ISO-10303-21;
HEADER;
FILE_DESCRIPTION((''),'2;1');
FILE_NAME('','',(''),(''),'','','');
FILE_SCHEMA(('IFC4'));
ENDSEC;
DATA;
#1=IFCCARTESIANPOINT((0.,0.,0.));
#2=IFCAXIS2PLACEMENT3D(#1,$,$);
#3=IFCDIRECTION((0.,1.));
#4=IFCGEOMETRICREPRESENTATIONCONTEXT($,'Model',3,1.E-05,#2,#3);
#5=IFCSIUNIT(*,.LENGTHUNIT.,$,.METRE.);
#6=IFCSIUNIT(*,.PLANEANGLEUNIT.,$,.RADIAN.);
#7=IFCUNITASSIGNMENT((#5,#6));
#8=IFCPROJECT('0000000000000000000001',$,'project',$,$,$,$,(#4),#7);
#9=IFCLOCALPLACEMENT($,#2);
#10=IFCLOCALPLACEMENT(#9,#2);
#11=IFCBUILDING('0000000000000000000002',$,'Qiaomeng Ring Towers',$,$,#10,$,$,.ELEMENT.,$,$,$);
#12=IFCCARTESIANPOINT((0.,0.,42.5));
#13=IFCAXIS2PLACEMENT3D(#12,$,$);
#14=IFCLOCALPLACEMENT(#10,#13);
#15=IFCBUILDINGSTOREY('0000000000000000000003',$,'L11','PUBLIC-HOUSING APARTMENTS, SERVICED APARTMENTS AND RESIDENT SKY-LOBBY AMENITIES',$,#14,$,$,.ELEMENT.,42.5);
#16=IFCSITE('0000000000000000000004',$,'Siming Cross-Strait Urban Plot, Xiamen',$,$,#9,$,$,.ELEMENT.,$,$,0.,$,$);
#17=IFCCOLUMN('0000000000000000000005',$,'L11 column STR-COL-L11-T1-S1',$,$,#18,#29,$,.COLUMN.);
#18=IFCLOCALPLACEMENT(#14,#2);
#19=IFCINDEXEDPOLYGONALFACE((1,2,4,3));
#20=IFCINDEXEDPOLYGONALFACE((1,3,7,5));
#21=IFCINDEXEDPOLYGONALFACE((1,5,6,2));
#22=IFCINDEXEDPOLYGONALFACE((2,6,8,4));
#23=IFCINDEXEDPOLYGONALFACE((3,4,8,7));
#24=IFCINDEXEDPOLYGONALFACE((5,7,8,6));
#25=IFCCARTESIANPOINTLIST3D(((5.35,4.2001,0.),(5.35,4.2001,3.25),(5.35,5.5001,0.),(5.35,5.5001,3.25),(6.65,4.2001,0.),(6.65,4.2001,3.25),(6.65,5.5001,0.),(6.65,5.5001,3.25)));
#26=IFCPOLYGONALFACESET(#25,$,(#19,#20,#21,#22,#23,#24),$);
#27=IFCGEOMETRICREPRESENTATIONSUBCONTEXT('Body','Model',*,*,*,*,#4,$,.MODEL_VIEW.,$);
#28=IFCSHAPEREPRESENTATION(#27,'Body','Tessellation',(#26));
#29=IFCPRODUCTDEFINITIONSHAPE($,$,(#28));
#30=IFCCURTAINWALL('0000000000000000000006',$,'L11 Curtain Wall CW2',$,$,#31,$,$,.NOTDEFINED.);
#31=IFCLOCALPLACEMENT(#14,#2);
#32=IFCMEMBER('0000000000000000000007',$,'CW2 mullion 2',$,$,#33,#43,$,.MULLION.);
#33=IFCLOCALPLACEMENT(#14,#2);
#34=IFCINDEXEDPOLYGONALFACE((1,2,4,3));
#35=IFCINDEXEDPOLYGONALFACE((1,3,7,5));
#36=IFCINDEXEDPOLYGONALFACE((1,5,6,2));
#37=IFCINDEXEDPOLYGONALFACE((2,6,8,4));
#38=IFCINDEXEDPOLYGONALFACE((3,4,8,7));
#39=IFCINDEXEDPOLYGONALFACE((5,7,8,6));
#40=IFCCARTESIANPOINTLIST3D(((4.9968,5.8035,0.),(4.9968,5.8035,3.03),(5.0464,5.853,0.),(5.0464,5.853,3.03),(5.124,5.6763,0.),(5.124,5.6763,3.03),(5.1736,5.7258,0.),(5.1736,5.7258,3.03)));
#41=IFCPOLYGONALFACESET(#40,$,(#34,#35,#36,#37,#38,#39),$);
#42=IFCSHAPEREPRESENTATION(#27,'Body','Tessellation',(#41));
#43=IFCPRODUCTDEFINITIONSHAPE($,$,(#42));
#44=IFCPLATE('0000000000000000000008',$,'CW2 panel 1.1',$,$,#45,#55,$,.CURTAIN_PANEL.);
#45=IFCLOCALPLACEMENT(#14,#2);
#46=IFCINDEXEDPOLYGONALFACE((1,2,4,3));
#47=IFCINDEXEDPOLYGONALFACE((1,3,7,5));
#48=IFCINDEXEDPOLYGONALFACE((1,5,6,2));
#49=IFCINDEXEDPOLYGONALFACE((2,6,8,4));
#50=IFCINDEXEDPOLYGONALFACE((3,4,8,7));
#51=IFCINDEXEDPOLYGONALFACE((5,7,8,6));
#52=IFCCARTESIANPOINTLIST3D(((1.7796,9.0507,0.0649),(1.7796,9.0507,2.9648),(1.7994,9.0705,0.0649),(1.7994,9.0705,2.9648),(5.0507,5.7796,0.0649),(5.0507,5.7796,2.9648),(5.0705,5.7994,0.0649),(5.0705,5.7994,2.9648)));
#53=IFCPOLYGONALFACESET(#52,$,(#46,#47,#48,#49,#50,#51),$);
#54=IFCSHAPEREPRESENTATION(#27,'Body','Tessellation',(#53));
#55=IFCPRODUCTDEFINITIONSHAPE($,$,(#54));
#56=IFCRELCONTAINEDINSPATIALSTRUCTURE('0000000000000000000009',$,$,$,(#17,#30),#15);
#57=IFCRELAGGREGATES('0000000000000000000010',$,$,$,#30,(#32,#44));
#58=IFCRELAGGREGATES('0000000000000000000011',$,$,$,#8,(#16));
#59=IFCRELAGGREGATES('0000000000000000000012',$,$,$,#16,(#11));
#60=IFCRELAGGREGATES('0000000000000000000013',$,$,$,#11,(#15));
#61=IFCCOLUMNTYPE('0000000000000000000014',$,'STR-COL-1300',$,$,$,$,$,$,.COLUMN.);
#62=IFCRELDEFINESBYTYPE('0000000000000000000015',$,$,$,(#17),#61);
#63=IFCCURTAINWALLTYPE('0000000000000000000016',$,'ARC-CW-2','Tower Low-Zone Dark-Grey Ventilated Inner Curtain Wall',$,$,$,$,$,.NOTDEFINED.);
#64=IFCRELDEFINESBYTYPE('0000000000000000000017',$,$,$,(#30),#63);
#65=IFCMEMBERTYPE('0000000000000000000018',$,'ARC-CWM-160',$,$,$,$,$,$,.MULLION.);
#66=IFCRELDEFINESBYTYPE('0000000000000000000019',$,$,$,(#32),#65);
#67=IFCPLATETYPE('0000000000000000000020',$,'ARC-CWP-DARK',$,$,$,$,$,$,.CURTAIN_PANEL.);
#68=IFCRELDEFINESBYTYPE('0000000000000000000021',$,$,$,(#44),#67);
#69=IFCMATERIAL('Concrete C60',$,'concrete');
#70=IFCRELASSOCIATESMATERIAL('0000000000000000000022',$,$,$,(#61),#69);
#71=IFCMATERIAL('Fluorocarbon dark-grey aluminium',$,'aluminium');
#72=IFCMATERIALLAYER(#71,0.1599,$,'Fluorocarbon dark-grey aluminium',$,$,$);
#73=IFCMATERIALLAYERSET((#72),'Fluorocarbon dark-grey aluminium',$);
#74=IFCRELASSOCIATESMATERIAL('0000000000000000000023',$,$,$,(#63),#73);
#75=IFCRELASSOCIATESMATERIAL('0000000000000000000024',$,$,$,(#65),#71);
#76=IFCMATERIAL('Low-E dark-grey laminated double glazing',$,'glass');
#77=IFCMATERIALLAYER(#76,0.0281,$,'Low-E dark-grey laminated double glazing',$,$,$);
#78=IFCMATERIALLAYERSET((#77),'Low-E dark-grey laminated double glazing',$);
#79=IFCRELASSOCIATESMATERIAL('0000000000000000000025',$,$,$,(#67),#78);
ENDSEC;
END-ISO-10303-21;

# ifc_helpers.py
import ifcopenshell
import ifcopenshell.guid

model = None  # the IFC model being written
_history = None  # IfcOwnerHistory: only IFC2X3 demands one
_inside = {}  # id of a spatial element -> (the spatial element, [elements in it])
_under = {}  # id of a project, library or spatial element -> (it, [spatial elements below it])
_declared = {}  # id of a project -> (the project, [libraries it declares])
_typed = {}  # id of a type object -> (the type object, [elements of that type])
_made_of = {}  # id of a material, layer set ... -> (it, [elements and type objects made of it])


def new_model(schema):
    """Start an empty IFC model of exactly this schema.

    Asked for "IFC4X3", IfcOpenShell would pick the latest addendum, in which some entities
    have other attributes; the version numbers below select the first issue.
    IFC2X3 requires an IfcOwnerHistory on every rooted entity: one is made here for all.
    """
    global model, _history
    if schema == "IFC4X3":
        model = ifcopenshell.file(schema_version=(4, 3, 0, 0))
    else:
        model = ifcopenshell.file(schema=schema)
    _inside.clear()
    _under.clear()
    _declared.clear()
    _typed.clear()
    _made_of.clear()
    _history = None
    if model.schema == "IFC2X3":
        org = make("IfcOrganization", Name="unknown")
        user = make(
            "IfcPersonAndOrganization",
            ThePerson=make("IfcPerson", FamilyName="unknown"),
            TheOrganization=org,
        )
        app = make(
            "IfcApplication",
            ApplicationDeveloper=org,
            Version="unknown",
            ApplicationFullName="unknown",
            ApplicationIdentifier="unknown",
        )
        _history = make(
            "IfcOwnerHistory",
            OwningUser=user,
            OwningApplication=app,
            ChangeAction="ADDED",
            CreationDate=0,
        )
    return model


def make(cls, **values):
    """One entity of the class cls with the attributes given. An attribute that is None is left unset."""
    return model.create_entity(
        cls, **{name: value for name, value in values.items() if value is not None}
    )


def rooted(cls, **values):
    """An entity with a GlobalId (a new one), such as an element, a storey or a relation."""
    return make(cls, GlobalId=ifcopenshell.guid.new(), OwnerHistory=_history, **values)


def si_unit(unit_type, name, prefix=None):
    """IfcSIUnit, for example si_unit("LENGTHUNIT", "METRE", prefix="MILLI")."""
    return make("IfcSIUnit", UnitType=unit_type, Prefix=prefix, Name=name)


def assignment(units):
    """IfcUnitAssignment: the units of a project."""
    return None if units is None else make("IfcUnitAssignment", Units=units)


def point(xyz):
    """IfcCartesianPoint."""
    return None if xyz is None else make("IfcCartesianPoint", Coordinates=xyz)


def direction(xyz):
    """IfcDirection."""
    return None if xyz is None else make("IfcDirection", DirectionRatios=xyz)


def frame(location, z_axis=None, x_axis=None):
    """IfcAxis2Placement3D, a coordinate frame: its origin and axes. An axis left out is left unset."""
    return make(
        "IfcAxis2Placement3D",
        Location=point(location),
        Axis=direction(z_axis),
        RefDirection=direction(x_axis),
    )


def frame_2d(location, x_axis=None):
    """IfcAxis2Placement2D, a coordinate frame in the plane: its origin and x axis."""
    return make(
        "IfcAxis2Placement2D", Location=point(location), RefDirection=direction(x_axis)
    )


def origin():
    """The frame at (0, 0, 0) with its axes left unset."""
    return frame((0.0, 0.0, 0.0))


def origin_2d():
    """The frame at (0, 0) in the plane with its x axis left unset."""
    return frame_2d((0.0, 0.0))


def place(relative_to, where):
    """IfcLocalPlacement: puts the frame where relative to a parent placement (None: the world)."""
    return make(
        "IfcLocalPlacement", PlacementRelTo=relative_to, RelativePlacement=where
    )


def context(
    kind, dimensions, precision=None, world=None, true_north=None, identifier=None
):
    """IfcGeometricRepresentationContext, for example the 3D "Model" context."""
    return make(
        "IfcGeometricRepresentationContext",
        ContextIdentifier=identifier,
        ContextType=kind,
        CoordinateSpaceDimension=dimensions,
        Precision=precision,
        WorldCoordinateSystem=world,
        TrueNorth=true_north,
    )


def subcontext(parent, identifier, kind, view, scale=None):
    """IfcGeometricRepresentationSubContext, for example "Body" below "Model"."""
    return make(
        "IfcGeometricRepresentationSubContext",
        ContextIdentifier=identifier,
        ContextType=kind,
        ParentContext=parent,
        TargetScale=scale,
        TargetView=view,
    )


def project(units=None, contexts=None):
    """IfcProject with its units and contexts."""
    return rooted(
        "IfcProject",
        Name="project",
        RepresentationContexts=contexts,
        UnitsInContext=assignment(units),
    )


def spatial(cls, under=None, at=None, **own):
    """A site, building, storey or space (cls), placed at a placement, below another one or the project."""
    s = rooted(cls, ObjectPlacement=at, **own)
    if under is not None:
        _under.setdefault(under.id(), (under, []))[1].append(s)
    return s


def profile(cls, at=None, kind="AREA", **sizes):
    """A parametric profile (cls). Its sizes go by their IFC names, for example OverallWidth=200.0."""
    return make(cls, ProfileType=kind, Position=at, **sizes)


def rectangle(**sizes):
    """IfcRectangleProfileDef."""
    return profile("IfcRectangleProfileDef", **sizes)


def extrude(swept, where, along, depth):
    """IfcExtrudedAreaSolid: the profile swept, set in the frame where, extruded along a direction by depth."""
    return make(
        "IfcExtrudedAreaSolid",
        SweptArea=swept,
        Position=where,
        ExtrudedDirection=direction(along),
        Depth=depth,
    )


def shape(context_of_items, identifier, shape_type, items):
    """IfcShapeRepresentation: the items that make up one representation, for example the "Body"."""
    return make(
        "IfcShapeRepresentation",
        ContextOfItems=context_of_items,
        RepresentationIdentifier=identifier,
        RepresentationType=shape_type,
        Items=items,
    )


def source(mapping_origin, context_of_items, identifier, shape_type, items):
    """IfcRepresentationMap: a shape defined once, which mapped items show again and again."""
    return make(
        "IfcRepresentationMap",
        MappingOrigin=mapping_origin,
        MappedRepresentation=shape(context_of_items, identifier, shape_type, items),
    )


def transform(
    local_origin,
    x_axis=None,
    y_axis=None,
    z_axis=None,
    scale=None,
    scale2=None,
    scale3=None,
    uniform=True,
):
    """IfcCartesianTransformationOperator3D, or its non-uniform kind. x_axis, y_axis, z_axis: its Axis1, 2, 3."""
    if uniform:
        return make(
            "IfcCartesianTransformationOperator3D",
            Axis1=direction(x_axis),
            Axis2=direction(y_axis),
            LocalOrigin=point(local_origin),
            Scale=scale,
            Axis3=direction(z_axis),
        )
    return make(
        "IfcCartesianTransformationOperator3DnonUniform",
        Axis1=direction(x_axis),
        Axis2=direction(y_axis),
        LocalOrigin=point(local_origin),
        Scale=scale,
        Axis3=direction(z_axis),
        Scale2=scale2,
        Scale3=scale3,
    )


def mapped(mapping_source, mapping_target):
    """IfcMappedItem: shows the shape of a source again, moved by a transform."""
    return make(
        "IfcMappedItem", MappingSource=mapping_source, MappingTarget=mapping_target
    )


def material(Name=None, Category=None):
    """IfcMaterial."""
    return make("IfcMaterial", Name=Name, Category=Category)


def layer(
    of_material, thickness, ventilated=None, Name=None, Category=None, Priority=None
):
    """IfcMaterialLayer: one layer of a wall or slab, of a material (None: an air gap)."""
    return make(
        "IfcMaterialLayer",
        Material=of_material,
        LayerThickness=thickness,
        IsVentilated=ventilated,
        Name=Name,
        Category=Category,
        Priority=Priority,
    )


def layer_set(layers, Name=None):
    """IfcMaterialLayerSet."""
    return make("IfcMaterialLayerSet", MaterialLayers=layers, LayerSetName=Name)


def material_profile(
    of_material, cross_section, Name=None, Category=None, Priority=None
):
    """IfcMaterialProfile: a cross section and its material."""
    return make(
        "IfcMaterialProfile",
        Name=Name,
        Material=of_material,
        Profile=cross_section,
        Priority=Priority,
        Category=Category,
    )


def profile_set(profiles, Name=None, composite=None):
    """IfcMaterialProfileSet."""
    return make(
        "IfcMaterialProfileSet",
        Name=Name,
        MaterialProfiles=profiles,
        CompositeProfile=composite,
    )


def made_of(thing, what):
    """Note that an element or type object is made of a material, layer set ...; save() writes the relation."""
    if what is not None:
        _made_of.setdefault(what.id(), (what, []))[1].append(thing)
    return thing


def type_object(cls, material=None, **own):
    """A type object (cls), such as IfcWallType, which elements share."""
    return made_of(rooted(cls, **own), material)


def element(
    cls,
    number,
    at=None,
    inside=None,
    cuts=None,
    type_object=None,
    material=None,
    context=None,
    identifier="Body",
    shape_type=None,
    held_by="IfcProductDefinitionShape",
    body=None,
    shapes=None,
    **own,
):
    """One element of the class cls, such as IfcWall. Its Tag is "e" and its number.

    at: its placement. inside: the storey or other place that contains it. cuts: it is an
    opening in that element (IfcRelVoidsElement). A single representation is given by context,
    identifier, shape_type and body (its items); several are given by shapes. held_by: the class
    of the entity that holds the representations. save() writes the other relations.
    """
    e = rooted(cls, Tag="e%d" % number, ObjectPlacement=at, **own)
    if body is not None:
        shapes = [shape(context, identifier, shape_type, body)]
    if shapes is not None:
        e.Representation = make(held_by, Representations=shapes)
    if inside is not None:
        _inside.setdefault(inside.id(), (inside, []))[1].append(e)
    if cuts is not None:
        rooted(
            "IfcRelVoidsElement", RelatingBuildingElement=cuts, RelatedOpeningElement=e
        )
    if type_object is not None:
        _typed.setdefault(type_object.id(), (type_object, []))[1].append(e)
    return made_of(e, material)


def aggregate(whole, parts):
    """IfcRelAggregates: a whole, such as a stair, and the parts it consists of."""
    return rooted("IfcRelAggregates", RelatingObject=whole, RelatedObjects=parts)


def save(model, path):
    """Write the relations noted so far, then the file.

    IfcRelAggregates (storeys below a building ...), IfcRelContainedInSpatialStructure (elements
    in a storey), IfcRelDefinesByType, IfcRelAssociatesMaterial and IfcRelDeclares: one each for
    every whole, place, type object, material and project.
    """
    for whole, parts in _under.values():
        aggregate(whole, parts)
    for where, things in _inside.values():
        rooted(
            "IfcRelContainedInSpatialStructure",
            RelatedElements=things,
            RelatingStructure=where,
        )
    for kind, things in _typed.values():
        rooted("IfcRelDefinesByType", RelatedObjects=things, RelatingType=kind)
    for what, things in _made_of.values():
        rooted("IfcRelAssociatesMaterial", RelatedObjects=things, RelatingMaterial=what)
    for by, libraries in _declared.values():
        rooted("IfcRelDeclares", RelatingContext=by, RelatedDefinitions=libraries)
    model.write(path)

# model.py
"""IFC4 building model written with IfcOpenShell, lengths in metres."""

from ifc_helpers import new_model, si_unit, direction, frame, origin, origin_2d, place, context, subcontext, project, spatial, rectangle, extrude, source, transform, mapped, material, layer, layer_set, material_profile, profile_set, type_object, element, aggregate, save


model = new_model("IFC4")

# Units and contexts
model_context = context("Model", 3, precision=1e-05, world=origin(), true_north=direction((0.0, 1.0)))
body_context = subcontext(model_context, "Body", "Model", "MODEL_VIEW")
ifc_project = project(units=[si_unit("LENGTHUNIT", "METRE"), si_unit("PLANEANGLEUNIT", "RADIAN")], contexts=[model_context])

# Site, building, storey
site_placement = place(None, origin())
site = spatial("IfcSite", under=ifc_project, at=site_placement, Name="Siming Cross-Strait Urban Plot, Xiamen", CompositionType="ELEMENT", RefElevation=0.0)
building_placement = place(site_placement, origin())
building = spatial("IfcBuilding", under=site, at=building_placement, Name="Qiaomeng Ring Towers", CompositionType="ELEMENT")
storey_placement = place(building_placement, frame((0.0, 0.0, 42.5)))
storey = spatial("IfcBuildingStorey", under=building, at=storey_placement, Name="L11", Description="PUBLIC-HOUSING APARTMENTS, SERVICED APARTMENTS AND RESIDENT SKY-LOBBY AMENITIES", CompositionType="ELEMENT", Elevation=42.5)

# Column
ifc_material_1 = material(Name="Concrete C60", Category="concrete")
ifc_material_profile_1 = material_profile(ifc_material_1, rectangle(XDim=1.3, YDim=1.3, at=origin_2d()), Name="RC COL 1300x1300")
ifc_profile_set_1 = profile_set([ifc_material_profile_1], Name="Concrete C60")
column_type = type_object("IfcColumnType", Name="STR-COL-1300", PredefinedType="COLUMN", material=ifc_profile_set_1)
shared_shape_1 = source(origin(), body_context, "Body", "SweptSolid", [
    extrude(rectangle(XDim=1.3, YDim=1.3, at=origin_2d()), origin(), (0.0, 0.0, 1.0), 3.25),
])
column_placement = place(storey_placement, frame((6.0, 4.8501, 0.0), z_axis=(0.0, 0.0, 1.0), x_axis=(1.0, 0.0, 0.0)))
element("IfcColumn", 1, at=column_placement, inside=storey, type_object=column_type, Name="L11 column STR-COL-L11-T1-S1", PredefinedType="COLUMN", context=body_context, shape_type="MappedRepresentation", body=[
    mapped(shared_shape_1, transform((0.0, 0.0, 0.0), x_axis=(1.0, 0.0, 0.0), y_axis=(0.0, 1.0, 0.0), z_axis=(0.0, 0.0, 1.0), scale=1.0)),
])

# Curtain wall, member, plate
ifc_material_2 = material(Name="Fluorocarbon dark-grey aluminium", Category="aluminium")
ifc_layer_1 = layer(ifc_material_2, 0.1599, Name="Fluorocarbon dark-grey aluminium")
ifc_layer_set_1 = layer_set([ifc_layer_1], Name="Fluorocarbon dark-grey aluminium")
curtain_wall_type = type_object("IfcCurtainWallType", Name="ARC-CW-2", Description="Tower Low-Zone Dark-Grey Ventilated Inner Curtain Wall", PredefinedType="NOTDEFINED", material=ifc_layer_set_1)
curtain_wall_placement = place(storey_placement, origin())
curtain_wall = element("IfcCurtainWall", 2, at=curtain_wall_placement, inside=storey, type_object=curtain_wall_type, Name="L11 Curtain Wall CW2", PredefinedType="NOTDEFINED")
ifc_material_profile_2 = material_profile(ifc_material_2, rectangle(XDim=0.0701, YDim=0.1799, at=origin_2d()), Name="ALU MULL 70x180")
ifc_profile_set_2 = profile_set([ifc_material_profile_2], Name="Fluorocarbon dark-grey aluminium")
member_type = type_object("IfcMemberType", Name="ARC-CWM-160", PredefinedType="MULLION", material=ifc_profile_set_2)
shared_shape_2 = source(origin(), body_context, "Body", "SweptSolid", [
    extrude(rectangle(XDim=0.0701, YDim=0.1799, at=origin_2d()), origin(), (0.0, 0.0, 1.0), 3.03),
])
member_placement = place(storey_placement, frame((5.0852, 5.7646, 0.0), z_axis=(0.0, 0.0, 1.0), x_axis=(0.707107, 0.707107, 0.0)))
member = element("IfcMember", 3, at=member_placement, type_object=member_type, Name="CW2 mullion 2", PredefinedType="MULLION", context=body_context, shape_type="MappedRepresentation", body=[
    mapped(shared_shape_2, transform((0.0, 0.0, 0.0), x_axis=(1.0, 0.0, 0.0), y_axis=(0.0, 1.0, 0.0), z_axis=(0.0, 0.0, 1.0), scale=1.0)),
])
ifc_material_3 = material(Name="Low-E dark-grey laminated double glazing", Category="glass")
ifc_layer_2 = layer(ifc_material_3, 0.0281, Name="Low-E dark-grey laminated double glazing")
ifc_layer_set_2 = layer_set([ifc_layer_2], Name="Low-E dark-grey laminated double glazing")
plate_type = type_object("IfcPlateType", Name="ARC-CWP-DARK", PredefinedType="CURTAIN_PANEL", material=ifc_layer_set_2)
shared_shape_3 = source(origin(), body_context, "Body", "SweptSolid", [
    extrude(rectangle(XDim=4.626, YDim=0.0281, at=origin_2d()), origin(), (0.0, 0.0, 1.0), 2.8999),
])
plate_placement = place(storey_placement, frame((3.425, 7.425, 0.0649), z_axis=(0.0, 0.0, 1.0), x_axis=(0.707107, -0.707107, 0.0)))
plate = element("IfcPlate", 4, at=plate_placement, type_object=plate_type, Name="CW2 panel 1.1", PredefinedType="CURTAIN_PANEL", context=body_context, shape_type="MappedRepresentation", body=[
    mapped(shared_shape_3, transform((0.0, 0.0, 0.0), x_axis=(1.0, 0.0, 0.0), y_axis=(0.0, 1.0, 0.0), z_axis=(0.0, 0.0, 1.0), scale=1.0)),
])
aggregate(curtain_wall, [member, plate])

save(model, "model.ifc")
